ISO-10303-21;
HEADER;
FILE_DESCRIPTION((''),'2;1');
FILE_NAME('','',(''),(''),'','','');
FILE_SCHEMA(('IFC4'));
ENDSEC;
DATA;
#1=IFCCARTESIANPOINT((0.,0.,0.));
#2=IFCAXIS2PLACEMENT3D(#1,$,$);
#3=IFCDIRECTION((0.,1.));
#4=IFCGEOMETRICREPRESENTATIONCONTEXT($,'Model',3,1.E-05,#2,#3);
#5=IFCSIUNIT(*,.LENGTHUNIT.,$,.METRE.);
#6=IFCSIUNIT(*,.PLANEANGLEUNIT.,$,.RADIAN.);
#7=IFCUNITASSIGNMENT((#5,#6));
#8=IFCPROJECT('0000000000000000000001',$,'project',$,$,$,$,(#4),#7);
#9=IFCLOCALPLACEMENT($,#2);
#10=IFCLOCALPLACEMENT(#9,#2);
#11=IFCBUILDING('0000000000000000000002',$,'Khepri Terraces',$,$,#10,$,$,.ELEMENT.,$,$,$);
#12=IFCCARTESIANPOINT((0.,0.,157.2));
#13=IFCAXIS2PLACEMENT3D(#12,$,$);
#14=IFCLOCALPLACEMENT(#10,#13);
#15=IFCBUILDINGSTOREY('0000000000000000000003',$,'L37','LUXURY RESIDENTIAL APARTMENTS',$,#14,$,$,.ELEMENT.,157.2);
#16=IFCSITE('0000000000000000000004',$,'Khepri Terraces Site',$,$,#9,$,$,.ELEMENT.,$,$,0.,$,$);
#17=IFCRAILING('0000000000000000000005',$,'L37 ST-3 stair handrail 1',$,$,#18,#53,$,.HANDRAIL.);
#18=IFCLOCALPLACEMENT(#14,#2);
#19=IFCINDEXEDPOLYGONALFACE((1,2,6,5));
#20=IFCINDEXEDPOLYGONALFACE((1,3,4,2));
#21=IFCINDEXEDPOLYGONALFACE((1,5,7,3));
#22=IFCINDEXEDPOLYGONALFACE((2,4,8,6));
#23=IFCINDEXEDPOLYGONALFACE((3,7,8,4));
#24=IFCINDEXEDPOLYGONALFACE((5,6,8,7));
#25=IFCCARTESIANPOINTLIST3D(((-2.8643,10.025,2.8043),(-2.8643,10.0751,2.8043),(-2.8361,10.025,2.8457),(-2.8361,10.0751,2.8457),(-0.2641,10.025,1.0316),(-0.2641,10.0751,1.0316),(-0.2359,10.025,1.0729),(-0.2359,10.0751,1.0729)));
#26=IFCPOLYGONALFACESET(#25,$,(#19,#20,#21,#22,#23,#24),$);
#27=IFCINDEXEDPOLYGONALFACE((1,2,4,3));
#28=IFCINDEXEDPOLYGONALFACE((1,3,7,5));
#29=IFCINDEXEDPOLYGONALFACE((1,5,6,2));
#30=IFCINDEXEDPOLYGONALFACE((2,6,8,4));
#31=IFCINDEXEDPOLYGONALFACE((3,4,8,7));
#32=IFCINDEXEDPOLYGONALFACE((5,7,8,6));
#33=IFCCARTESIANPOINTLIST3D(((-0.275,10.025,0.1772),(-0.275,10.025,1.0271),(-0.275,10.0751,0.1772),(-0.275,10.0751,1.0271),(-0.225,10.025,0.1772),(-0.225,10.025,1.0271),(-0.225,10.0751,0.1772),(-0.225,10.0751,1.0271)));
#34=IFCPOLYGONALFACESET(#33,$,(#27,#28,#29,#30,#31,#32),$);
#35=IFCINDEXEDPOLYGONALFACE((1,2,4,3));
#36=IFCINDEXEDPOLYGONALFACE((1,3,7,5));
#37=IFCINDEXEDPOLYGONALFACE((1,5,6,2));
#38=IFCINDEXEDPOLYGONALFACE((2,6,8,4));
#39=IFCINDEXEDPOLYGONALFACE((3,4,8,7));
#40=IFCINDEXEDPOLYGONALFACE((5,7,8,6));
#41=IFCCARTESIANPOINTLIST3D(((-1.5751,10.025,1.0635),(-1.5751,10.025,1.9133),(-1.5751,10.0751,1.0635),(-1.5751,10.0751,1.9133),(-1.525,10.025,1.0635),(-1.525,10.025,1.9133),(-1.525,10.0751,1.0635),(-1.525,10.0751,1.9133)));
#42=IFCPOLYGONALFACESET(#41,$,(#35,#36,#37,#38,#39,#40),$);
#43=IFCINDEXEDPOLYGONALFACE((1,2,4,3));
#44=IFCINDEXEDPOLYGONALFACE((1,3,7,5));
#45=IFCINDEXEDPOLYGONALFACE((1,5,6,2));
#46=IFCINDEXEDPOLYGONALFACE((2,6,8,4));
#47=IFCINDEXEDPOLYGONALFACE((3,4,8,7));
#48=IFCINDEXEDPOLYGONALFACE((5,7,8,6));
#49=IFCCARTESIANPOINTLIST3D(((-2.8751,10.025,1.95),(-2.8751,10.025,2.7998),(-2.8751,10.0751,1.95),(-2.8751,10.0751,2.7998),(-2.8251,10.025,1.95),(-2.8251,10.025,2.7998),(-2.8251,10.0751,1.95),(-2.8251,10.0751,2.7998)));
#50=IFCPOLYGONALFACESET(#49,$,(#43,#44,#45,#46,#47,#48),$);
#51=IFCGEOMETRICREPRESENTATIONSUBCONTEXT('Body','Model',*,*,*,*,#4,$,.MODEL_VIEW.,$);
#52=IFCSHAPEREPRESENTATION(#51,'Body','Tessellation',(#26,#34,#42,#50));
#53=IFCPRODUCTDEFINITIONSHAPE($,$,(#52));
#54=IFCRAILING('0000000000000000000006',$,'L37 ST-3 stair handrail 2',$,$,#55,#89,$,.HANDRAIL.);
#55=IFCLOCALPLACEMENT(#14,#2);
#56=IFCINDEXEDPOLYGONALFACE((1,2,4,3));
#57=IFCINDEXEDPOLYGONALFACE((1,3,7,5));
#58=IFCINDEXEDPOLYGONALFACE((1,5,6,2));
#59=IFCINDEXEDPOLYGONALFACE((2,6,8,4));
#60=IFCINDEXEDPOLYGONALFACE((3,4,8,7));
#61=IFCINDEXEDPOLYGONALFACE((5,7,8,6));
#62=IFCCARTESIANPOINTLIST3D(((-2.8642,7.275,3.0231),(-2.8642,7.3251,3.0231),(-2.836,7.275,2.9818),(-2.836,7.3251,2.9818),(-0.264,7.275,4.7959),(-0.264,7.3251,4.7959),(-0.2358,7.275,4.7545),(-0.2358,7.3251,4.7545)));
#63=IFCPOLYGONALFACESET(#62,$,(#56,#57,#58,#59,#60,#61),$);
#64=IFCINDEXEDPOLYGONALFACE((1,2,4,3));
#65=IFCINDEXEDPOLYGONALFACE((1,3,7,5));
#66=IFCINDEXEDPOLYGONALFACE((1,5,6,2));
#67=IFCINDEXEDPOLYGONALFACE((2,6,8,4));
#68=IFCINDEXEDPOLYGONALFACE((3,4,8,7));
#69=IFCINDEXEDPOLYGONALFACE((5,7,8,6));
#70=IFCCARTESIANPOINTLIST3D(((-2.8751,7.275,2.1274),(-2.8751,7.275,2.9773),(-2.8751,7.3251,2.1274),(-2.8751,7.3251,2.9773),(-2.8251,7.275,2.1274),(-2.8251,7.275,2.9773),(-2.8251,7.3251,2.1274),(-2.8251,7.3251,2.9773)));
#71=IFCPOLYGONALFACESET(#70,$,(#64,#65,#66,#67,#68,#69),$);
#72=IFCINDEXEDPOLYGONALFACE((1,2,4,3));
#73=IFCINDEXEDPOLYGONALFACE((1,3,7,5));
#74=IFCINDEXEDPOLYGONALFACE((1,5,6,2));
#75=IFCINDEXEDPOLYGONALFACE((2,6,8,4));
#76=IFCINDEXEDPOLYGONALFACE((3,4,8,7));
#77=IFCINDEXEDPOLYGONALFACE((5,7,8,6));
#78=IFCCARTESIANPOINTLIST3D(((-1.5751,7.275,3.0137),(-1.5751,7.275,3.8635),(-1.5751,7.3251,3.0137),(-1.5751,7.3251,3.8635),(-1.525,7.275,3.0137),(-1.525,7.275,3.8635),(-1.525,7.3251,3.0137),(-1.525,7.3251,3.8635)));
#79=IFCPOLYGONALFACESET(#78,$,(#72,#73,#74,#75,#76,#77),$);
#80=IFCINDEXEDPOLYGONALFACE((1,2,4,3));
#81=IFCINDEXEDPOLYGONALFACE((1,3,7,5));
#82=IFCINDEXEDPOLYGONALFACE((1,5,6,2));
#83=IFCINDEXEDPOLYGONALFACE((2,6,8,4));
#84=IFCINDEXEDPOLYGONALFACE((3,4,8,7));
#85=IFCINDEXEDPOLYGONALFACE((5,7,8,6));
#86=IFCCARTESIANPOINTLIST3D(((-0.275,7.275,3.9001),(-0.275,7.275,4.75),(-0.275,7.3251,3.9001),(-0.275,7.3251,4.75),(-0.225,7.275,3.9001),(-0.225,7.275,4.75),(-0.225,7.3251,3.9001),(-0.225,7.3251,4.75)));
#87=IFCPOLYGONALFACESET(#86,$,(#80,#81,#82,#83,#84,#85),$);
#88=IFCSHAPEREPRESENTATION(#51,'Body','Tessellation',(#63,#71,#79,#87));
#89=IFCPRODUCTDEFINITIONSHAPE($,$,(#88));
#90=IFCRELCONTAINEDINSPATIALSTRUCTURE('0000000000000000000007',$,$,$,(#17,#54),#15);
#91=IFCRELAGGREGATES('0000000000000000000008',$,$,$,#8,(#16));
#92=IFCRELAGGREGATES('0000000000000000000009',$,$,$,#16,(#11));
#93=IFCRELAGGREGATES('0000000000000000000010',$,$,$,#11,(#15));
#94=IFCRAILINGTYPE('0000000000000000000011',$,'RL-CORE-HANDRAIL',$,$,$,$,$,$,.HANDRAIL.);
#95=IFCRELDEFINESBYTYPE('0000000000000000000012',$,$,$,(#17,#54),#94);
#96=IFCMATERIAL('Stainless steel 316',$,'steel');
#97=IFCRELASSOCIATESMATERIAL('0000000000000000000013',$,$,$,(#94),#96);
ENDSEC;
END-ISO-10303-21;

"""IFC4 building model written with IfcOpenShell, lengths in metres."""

from ifc_helpers import new_model, si_unit, direction, frame, origin, origin_2d, place, context, subcontext, project, spatial, rectangle, extrude, material, type_object, element, save


model = new_model("IFC4")

# Units and contexts
model_context = context("Model", 3, precision=1e-05, world=origin(), true_north=direction((0.0, 1.0)))
body_context = subcontext(model_context, "Body", "Model", "MODEL_VIEW")
ifc_project = project(units=[si_unit("LENGTHUNIT", "METRE"), si_unit("PLANEANGLEUNIT", "RADIAN")], contexts=[model_context])

# Site, building, storey
site_placement = place(None, origin())
site = spatial("IfcSite", under=ifc_project, at=site_placement, Name="Khepri Terraces Site", CompositionType="ELEMENT", RefElevation=0.0)
building_placement = place(site_placement, origin())
building = spatial("IfcBuilding", under=site, at=building_placement, Name="Khepri Terraces", CompositionType="ELEMENT")
storey_placement = place(building_placement, frame((0.0, 0.0, 157.2)))
storey = spatial("IfcBuildingStorey", under=building, at=storey_placement, Name="L37", Description="LUXURY RESIDENTIAL APARTMENTS", CompositionType="ELEMENT", Elevation=157.2)

# Railings
ifc_material_1 = material(Name="Stainless steel 316", Category="steel")
railing_type_1 = type_object("IfcRailingType", Name="RL-CORE-HANDRAIL", PredefinedType="HANDRAIL", material=ifc_material_1)
railing_1_placement = place(storey_placement, frame((-0.25, 10.05, 0.1772)))
element("IfcRailing", 1, at=railing_1_placement, inside=storey, type_object=railing_type_1, Name="L37 ST-3 stair handrail 1", PredefinedType="HANDRAIL", context=body_context, shape_type="SweptSolid", body=[
    extrude(rectangle(XDim=0.05, YDim=0.05, at=origin_2d()), frame((0.0, 0.0, 0.875), z_axis=(-0.82624, 0.0, 0.563318), x_axis=(0.0, -1.0, 0.0)), (0.0, 0.0, 1.0), 3.147),
    extrude(rectangle(XDim=0.05, YDim=0.05, at=origin_2d()), origin(), (0.0, 0.0, 1.0), 0.8499),
    extrude(rectangle(XDim=0.05, YDim=0.05, at=origin_2d()), frame((-1.3, 0.0, 0.8862)), (0.0, 0.0, 1.0), 0.8499),
    extrude(rectangle(XDim=0.05, YDim=0.05, at=origin_2d()), frame((-2.6001, 0.0, 1.7727)), (0.0, 0.0, 1.0), 0.8499),
])
railing_2_placement = place(storey_placement, frame((-2.8501, 7.3, 2.1274)))
element("IfcRailing", 2, at=railing_2_placement, inside=storey, type_object=railing_type_1, Name="L37 ST-3 stair handrail 2", PredefinedType="HANDRAIL", context=body_context, shape_type="SweptSolid", body=[
    extrude(rectangle(XDim=0.05, YDim=0.05, at=origin_2d()), frame((0.0, 0.0, 0.875), z_axis=(0.82624, 0.0, 0.563318), x_axis=(0.0, 1.0, 0.0)), (0.0, 0.0, 1.0), 3.147),
    extrude(rectangle(XDim=0.05, YDim=0.05, at=origin_2d()), origin(), (0.0, 0.0, 1.0), 0.8499),
    extrude(rectangle(XDim=0.05, YDim=0.05, at=origin_2d()), frame((1.3, 0.0, 0.8862)), (0.0, 0.0, 1.0), 0.8499),
    extrude(rectangle(XDim=0.05, YDim=0.05, at=origin_2d()), frame((2.6001, 0.0, 1.7727)), (0.0, 0.0, 1.0), 0.8499),
])

save(model, "model.ifc")
